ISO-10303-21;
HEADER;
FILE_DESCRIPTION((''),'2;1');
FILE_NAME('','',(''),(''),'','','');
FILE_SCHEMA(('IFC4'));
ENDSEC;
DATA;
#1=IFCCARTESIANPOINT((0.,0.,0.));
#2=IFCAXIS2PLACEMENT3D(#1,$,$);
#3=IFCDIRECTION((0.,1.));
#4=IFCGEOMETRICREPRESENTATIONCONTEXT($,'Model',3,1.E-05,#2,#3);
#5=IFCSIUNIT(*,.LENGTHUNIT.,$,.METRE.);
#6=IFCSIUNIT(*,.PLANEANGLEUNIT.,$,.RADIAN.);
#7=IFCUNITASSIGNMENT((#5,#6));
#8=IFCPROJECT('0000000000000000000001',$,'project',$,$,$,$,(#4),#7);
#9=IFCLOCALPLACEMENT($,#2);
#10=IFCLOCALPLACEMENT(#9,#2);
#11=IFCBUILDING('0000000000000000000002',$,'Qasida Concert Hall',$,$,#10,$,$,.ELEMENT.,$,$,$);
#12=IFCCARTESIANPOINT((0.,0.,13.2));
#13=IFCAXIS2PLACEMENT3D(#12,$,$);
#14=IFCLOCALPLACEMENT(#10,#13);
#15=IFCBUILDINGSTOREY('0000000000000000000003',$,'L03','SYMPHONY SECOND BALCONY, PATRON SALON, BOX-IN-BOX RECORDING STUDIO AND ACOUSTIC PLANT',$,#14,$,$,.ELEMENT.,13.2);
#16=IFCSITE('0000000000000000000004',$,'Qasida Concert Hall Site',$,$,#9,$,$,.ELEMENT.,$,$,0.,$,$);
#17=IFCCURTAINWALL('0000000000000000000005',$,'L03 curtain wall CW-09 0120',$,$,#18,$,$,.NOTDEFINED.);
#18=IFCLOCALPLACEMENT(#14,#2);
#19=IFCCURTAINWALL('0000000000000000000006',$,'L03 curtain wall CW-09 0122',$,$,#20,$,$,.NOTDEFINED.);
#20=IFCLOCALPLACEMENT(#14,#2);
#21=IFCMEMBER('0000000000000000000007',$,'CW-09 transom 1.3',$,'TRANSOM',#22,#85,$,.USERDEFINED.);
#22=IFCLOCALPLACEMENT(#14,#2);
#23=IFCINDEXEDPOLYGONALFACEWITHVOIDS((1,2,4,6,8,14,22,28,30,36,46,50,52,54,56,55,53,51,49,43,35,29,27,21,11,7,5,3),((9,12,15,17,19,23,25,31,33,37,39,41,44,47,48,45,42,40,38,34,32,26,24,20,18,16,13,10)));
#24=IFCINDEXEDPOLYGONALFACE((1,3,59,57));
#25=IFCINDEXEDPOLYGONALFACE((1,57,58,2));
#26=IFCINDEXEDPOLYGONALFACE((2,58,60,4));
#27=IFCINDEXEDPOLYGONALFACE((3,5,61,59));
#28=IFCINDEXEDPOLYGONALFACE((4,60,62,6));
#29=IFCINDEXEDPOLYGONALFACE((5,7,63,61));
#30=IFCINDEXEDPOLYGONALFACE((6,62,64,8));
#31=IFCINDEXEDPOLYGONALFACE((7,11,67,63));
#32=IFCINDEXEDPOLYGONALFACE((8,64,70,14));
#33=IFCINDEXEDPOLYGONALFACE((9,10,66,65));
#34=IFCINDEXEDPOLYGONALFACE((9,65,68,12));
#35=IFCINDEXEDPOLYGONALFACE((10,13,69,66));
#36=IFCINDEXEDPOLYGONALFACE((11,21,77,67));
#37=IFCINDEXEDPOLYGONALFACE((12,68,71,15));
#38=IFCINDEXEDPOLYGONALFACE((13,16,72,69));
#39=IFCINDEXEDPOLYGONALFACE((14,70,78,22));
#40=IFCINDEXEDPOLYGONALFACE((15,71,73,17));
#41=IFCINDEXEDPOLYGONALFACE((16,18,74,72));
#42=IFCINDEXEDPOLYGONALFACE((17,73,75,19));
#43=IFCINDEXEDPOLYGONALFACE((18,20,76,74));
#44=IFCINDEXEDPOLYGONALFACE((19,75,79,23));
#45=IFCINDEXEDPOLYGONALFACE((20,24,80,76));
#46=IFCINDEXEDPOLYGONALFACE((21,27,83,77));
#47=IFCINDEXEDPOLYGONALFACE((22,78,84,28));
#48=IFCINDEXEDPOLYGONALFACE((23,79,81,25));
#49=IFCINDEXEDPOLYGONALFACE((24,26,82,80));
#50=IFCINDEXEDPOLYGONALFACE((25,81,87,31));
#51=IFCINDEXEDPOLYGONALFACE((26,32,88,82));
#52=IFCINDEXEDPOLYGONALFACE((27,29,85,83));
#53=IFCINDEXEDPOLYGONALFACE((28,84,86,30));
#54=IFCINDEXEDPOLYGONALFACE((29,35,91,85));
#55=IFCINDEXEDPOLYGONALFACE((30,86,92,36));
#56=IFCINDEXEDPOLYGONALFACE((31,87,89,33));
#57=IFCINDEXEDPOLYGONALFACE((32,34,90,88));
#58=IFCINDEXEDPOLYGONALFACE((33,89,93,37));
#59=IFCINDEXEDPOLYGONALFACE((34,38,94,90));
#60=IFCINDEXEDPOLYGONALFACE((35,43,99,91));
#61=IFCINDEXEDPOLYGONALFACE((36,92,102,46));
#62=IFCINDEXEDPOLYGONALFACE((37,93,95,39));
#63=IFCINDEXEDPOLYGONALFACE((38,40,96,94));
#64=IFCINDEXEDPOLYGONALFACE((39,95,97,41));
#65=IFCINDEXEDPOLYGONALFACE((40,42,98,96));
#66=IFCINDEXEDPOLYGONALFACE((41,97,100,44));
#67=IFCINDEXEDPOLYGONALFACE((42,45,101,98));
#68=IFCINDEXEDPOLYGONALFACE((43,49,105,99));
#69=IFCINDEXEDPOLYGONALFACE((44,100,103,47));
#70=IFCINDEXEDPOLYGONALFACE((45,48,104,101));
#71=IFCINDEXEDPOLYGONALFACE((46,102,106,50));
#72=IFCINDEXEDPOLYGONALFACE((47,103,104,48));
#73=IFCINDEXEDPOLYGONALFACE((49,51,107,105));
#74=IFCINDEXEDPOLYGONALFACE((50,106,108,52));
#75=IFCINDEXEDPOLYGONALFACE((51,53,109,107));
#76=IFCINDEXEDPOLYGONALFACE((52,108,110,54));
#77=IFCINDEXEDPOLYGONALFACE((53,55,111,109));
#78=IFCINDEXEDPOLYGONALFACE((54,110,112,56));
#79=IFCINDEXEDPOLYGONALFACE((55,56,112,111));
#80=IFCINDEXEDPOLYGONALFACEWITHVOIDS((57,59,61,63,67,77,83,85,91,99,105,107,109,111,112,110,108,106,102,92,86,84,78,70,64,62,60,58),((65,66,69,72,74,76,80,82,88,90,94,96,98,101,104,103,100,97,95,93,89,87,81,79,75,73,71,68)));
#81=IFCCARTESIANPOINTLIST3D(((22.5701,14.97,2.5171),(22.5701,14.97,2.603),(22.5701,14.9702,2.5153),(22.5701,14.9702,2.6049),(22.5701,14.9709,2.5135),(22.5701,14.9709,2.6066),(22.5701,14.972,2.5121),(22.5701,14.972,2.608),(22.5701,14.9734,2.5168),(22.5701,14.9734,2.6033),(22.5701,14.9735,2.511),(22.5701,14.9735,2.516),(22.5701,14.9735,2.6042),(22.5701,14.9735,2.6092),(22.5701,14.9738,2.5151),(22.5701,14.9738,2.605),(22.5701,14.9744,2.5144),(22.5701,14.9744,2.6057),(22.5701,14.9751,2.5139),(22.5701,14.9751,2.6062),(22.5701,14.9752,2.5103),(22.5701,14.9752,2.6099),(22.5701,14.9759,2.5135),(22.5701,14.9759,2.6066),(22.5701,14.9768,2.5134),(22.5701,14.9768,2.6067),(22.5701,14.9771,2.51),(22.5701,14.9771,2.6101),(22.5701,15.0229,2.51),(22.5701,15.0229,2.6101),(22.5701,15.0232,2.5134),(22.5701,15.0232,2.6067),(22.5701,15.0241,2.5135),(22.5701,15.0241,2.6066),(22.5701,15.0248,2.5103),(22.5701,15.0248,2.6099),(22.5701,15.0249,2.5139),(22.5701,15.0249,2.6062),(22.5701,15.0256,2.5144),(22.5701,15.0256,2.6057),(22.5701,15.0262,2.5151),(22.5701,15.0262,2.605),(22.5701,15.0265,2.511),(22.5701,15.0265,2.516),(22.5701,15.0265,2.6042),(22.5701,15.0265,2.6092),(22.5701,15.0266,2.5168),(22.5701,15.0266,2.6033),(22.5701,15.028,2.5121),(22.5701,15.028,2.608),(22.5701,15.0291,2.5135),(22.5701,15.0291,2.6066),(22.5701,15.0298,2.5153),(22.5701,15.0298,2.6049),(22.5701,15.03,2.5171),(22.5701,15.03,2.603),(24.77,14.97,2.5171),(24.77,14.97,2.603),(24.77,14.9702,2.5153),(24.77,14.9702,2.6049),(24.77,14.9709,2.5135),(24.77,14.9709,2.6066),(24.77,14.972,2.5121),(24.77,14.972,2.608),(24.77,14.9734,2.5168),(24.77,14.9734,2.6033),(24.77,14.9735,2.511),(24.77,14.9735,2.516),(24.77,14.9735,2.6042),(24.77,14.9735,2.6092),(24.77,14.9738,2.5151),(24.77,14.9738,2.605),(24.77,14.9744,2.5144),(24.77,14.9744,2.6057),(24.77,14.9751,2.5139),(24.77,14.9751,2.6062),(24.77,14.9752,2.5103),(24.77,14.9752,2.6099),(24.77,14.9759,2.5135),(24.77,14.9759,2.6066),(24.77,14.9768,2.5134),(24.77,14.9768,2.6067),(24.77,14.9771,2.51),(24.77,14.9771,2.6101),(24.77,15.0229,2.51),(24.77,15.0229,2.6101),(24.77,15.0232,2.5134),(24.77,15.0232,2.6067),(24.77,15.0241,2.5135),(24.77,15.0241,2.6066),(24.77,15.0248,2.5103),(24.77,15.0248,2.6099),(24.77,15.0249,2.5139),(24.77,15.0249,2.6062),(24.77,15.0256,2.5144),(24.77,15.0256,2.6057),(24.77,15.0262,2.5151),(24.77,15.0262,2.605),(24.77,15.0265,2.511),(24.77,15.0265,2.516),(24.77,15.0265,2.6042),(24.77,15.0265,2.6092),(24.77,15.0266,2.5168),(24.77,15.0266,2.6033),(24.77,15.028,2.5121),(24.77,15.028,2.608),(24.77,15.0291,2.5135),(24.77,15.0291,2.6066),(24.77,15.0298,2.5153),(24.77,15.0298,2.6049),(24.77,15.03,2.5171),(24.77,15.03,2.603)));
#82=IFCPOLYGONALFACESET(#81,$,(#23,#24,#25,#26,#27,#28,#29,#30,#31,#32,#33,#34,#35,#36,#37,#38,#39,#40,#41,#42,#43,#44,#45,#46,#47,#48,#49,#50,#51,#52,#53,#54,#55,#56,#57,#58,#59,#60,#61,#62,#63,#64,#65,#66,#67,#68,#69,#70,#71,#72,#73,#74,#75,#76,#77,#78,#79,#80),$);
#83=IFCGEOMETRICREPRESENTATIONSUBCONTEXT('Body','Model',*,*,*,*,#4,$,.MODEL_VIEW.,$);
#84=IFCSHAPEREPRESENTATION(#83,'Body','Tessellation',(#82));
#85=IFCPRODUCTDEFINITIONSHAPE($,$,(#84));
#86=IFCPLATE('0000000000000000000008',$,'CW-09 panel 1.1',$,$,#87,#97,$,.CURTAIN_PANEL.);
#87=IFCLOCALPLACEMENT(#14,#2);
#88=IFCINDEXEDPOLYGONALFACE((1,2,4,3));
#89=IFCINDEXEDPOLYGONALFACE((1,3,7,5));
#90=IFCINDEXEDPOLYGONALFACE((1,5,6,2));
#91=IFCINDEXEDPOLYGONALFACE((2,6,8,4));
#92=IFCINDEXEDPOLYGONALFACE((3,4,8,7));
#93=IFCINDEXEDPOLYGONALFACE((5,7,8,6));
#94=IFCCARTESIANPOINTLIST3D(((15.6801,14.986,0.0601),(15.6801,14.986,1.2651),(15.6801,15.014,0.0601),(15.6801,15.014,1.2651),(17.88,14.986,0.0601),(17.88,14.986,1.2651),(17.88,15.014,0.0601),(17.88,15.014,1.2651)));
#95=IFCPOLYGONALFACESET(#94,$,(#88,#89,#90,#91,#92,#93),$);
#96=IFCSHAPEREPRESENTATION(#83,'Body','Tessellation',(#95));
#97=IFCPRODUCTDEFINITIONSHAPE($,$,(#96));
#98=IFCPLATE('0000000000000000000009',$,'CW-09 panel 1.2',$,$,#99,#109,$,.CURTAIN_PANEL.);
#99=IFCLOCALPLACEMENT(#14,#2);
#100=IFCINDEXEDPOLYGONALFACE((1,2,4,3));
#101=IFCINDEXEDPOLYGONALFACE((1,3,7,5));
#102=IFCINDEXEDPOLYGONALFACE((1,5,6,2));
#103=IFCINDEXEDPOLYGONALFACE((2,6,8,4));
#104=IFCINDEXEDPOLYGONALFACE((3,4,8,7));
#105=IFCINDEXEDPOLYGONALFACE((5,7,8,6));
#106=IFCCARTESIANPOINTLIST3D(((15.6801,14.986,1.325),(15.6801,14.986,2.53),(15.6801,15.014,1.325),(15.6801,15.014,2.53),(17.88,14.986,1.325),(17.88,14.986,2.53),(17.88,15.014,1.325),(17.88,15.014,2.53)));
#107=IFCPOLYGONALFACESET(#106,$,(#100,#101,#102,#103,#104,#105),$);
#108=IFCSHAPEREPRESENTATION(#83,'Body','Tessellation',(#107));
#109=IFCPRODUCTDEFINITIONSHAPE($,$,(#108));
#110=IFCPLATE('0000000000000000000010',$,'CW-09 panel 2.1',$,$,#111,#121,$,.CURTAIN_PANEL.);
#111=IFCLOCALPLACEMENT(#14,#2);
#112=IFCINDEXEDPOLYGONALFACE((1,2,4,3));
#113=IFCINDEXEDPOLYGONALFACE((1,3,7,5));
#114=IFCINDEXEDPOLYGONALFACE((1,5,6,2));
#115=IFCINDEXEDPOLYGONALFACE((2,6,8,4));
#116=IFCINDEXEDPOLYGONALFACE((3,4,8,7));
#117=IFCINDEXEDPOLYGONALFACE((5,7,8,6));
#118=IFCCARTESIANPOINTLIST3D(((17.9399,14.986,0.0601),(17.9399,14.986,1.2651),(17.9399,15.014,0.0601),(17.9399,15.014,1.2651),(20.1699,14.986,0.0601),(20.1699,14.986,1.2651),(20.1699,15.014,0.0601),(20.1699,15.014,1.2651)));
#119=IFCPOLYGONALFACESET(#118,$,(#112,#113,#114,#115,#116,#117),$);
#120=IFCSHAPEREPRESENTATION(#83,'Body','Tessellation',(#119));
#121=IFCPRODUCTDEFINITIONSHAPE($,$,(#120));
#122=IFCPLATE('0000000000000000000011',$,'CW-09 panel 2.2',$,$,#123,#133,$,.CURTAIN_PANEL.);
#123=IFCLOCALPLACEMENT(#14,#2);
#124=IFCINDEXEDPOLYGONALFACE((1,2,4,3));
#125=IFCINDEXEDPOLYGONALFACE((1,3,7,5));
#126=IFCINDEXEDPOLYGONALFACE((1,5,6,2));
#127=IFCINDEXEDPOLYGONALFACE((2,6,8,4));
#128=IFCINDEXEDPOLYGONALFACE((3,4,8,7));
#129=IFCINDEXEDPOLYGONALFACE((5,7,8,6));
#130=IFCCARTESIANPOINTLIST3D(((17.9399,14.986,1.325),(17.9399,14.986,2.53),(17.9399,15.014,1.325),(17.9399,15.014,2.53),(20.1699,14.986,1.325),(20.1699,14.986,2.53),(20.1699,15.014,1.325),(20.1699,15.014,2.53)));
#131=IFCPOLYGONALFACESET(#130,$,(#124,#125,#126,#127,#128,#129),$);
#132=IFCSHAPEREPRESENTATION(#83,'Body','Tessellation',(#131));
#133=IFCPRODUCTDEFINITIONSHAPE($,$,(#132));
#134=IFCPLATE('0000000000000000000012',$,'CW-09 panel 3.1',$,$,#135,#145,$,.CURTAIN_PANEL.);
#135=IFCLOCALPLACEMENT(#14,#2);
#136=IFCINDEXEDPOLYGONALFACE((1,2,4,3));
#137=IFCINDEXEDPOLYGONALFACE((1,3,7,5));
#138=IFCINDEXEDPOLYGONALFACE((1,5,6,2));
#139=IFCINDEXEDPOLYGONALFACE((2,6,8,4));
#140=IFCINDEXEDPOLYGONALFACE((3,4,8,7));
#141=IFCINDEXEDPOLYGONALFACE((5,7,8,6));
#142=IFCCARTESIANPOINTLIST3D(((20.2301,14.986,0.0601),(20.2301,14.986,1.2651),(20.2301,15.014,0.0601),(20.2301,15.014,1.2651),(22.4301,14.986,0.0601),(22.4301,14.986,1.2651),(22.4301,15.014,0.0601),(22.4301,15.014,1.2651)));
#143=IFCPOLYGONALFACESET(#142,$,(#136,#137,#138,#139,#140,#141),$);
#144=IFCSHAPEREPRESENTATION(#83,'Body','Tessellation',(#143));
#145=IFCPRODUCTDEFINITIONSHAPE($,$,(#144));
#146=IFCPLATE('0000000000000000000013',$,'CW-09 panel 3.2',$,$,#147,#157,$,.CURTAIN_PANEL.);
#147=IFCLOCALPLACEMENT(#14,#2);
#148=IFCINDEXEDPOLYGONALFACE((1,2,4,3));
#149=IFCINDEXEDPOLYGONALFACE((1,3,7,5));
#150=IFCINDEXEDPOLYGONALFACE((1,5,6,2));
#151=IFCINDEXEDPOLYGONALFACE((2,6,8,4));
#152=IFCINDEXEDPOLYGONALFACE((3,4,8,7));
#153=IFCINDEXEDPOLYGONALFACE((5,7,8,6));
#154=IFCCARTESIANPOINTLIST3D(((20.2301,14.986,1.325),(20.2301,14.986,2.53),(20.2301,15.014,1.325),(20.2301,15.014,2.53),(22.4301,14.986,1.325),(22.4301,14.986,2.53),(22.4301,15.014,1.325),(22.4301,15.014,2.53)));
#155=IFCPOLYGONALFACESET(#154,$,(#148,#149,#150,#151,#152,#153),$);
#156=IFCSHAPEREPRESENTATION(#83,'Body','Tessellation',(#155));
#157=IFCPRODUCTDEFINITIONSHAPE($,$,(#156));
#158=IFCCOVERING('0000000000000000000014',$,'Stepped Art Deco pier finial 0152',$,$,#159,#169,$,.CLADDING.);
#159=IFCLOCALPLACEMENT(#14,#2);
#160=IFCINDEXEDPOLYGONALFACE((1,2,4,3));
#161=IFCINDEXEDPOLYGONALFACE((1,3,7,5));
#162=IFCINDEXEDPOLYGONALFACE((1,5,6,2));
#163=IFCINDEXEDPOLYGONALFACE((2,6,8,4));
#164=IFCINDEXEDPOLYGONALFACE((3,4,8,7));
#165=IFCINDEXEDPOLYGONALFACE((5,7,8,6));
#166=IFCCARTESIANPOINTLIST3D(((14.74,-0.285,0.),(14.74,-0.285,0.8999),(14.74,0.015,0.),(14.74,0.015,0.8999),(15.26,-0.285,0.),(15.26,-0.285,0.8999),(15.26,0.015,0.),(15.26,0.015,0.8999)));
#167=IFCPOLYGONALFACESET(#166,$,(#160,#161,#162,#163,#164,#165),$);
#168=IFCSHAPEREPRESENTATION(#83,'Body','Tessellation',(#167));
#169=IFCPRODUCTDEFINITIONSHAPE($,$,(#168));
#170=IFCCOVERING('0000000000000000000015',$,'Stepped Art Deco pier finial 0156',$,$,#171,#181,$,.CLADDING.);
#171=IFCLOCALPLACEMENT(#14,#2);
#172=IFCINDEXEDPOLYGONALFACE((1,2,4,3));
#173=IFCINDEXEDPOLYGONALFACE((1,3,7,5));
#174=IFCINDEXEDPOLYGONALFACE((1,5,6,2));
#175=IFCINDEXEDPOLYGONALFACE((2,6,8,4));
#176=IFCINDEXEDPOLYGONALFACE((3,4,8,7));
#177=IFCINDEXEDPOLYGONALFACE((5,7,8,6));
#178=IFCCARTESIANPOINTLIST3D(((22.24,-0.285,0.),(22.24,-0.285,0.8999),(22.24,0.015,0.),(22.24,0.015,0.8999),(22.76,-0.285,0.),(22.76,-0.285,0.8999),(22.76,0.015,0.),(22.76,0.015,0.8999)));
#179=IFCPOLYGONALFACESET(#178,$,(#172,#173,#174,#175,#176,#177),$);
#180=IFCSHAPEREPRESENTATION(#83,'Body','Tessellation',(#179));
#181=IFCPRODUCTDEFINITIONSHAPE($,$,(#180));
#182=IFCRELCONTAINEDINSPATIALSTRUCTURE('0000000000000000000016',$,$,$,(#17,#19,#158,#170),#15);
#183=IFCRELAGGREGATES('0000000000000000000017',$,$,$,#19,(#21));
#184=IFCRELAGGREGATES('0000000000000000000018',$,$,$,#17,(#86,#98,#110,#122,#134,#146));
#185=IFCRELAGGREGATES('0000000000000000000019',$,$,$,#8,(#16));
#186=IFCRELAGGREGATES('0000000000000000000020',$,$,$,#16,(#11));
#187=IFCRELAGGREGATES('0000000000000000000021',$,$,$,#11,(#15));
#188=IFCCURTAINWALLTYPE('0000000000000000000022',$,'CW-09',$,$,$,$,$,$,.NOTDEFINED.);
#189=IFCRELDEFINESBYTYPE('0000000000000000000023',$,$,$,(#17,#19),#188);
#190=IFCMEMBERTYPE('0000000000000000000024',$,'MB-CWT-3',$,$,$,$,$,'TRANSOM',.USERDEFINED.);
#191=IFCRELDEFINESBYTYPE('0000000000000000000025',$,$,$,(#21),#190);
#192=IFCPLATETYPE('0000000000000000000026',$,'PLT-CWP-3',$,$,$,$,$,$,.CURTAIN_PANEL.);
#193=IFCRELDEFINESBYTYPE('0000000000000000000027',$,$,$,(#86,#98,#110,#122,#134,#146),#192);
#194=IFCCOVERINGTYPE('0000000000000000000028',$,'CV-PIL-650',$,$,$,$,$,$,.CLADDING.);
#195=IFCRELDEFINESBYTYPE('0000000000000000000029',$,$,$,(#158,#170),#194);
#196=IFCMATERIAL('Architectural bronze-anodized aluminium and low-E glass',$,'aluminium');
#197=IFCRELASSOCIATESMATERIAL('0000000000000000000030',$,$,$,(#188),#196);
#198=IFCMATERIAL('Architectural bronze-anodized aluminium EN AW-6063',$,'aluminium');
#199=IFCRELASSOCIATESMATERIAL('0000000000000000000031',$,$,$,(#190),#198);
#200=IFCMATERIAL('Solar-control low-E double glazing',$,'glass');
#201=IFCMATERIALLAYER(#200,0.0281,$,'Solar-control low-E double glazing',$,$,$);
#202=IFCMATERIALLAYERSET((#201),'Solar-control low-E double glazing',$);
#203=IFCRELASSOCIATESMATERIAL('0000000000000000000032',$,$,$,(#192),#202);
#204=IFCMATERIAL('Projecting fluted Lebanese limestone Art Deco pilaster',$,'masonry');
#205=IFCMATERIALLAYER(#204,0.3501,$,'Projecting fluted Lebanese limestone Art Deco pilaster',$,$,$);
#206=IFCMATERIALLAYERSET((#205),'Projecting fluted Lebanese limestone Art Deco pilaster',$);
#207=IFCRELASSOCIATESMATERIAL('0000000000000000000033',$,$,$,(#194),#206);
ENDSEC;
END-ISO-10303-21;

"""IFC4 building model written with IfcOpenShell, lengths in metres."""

from ifc_helpers import new_model, si_unit, direction, frame, origin, origin_2d, place, context, subcontext, project, spatial, rectangle, hollow_rectangle, extrude, material, layer, layer_set, material_profile, profile_set, type_object, element, aggregate, save


model = new_model("IFC4")

# Units and contexts
model_context = context("Model", 3, precision=1e-05, world=origin(), true_north=direction((0.0, 1.0)))
body_context = subcontext(model_context, "Body", "Model", "MODEL_VIEW")
ifc_project = project(units=[si_unit("LENGTHUNIT", "METRE"), si_unit("PLANEANGLEUNIT", "RADIAN")], contexts=[model_context])

# Site, building, storey
site_placement = place(None, origin())
site = spatial("IfcSite", under=ifc_project, at=site_placement, Name="Qasida Concert Hall Site", CompositionType="ELEMENT", RefElevation=0.0)
building_placement = place(site_placement, origin())
building = spatial("IfcBuilding", under=site, at=building_placement, Name="Qasida Concert Hall", CompositionType="ELEMENT")
storey_placement = place(building_placement, frame((0.0, 0.0, 13.2)))
storey = spatial("IfcBuildingStorey", under=building, at=storey_placement, Name="L03", Description="SYMPHONY SECOND BALCONY, PATRON SALON, BOX-IN-BOX RECORDING STUDIO AND ACOUSTIC PLANT", CompositionType="ELEMENT", Elevation=13.2)

# Curtain wall
ifc_material_1 = material(Name="Architectural bronze-anodized aluminium and low-E glass", Category="aluminium")
curtain_wall_type = type_object("IfcCurtainWallType", Name="CW-09", PredefinedType="NOTDEFINED", material=ifc_material_1)
curtain_wall_1_placement = place(storey_placement, origin())
curtain_wall_1 = element("IfcCurtainWall", 1, at=curtain_wall_1_placement, inside=storey, type_object=curtain_wall_type, Name="L03 curtain wall CW-09 0120", PredefinedType="NOTDEFINED")
ifc_material_2 = material(Name="Architectural bronze-anodized aluminium EN AW-6063", Category="aluminium")

# Curtain wall
curtain_wall_2_placement = place(storey_placement, origin())
curtain_wall_2 = element("IfcCurtainWall", 2, at=curtain_wall_2_placement, inside=storey, type_object=curtain_wall_type, Name="L03 curtain wall CW-09 0122", PredefinedType="NOTDEFINED")

# Member
ifc_material_profile_1 = material_profile(ifc_material_2, hollow_rectangle(XDim=0.0601, YDim=0.1001, WallThickness=0.0034, InnerFilletRadius=0.0034, OuterFilletRadius=0.0071, at=origin_2d()), Name="CWT 100x60x3.5")
ifc_profile_set_1 = profile_set([ifc_material_profile_1], Name="Architectural bronze-anodized aluminium EN AW-6063")
member_type_1 = type_object("IfcMemberType", Name="MB-CWT-3", ElementType="TRANSOM", PredefinedType="USERDEFINED", material=ifc_profile_set_1)
member_1_placement = place(storey_placement, frame((22.5701, 15.0, 2.5601), z_axis=(1.0, 0.0, 0.0), x_axis=(0.0, 1.0, 0.0)))
member_1 = element("IfcMember", 3, at=member_1_placement, type_object=member_type_1, Name="CW-09 transom 1.3", ObjectType="TRANSOM", PredefinedType="USERDEFINED", context=body_context, shape_type="SweptSolid", body=[
    extrude(hollow_rectangle(XDim=0.0601, YDim=0.1001, WallThickness=0.0034, InnerFilletRadius=0.0034, OuterFilletRadius=0.0071, at=origin_2d()), origin(), (0.0, 0.0, 1.0), 2.2),
])
aggregate(curtain_wall_2, [member_1])

# Plates
ifc_material_3 = material(Name="Solar-control low-E double glazing", Category="glass")
ifc_layer_1 = layer(ifc_material_3, 0.0281, Name="Solar-control low-E double glazing")
ifc_layer_set_1 = layer_set([ifc_layer_1], Name="Solar-control low-E double glazing")
plate_type = type_object("IfcPlateType", Name="PLT-CWP-3", PredefinedType="CURTAIN_PANEL", material=ifc_layer_set_1)
plate_1_placement = place(storey_placement, frame((16.78, 15.0, 0.0601), z_axis=(0.0, 0.0, 1.0), x_axis=(1.0, 0.0, 0.0)))
plate_1 = element("IfcPlate", 4, at=plate_1_placement, type_object=plate_type, Name="CW-09 panel 1.1", PredefinedType="CURTAIN_PANEL", context=body_context, shape_type="SweptSolid", body=[
    extrude(rectangle(XDim=2.2, YDim=0.0281, at=origin_2d()), origin(), (0.0, 0.0, 1.0), 1.2051),
])
plate_2_placement = place(storey_placement, frame((16.78, 15.0, 1.325), z_axis=(0.0, 0.0, 1.0), x_axis=(1.0, 0.0, 0.0)))
plate_2 = element("IfcPlate", 5, at=plate_2_placement, type_object=plate_type, Name="CW-09 panel 1.2", PredefinedType="CURTAIN_PANEL", context=body_context, shape_type="SweptSolid", body=[
    extrude(rectangle(XDim=2.2, YDim=0.0281, at=origin_2d()), origin(), (0.0, 0.0, 1.0), 1.2051),
])
plate_3_placement = place(storey_placement, frame((19.0549, 15.0, 0.0601), z_axis=(0.0, 0.0, 1.0), x_axis=(1.0, 0.0, 0.0)))
plate_3 = element("IfcPlate", 6, at=plate_3_placement, type_object=plate_type, Name="CW-09 panel 2.1", PredefinedType="CURTAIN_PANEL", context=body_context, shape_type="SweptSolid", body=[
    extrude(rectangle(XDim=2.23, YDim=0.0281, at=origin_2d()), origin(), (0.0, 0.0, 1.0), 1.2051),
])
plate_4_placement = place(storey_placement, frame((19.0549, 15.0, 1.325), z_axis=(0.0, 0.0, 1.0), x_axis=(1.0, 0.0, 0.0)))
plate_4 = element("IfcPlate", 7, at=plate_4_placement, type_object=plate_type, Name="CW-09 panel 2.2", PredefinedType="CURTAIN_PANEL", context=body_context, shape_type="SweptSolid", body=[
    extrude(rectangle(XDim=2.23, YDim=0.0281, at=origin_2d()), origin(), (0.0, 0.0, 1.0), 1.2051),
])
plate_5_placement = place(storey_placement, frame((21.3301, 15.0, 0.0601), z_axis=(0.0, 0.0, 1.0), x_axis=(1.0, 0.0, 0.0)))
plate_5 = element("IfcPlate", 8, at=plate_5_placement, type_object=plate_type, Name="CW-09 panel 3.1", PredefinedType="CURTAIN_PANEL", context=body_context, shape_type="SweptSolid", body=[
    extrude(rectangle(XDim=2.2, YDim=0.0281, at=origin_2d()), origin(), (0.0, 0.0, 1.0), 1.2051),
])
plate_6_placement = place(storey_placement, frame((21.3301, 15.0, 1.325), z_axis=(0.0, 0.0, 1.0), x_axis=(1.0, 0.0, 0.0)))
plate_6 = element("IfcPlate", 9, at=plate_6_placement, type_object=plate_type, Name="CW-09 panel 3.2", PredefinedType="CURTAIN_PANEL", context=body_context, shape_type="SweptSolid", body=[
    extrude(rectangle(XDim=2.2, YDim=0.0281, at=origin_2d()), origin(), (0.0, 0.0, 1.0), 1.2051),
])
aggregate(curtain_wall_1, [plate_1, plate_2, plate_3, plate_4, plate_5, plate_6])

# Coverings
ifc_material_4 = material(Name="Projecting fluted Lebanese limestone Art Deco pilaster", Category="masonry")
ifc_layer_2 = layer(ifc_material_4, 0.3501, Name="Projecting fluted Lebanese limestone Art Deco pilaster")
ifc_layer_set_2 = layer_set([ifc_layer_2], Name="Projecting fluted Lebanese limestone Art Deco pilaster")
covering_type = type_object("IfcCoveringType", Name="CV-PIL-650", PredefinedType="CLADDING", material=ifc_layer_set_2)
for number, where, z_axis, x_axis, name in (
    (10, (15.0, -0.135, 0.0), (0.0, 0.0, 1.0), (1.0, 0.0, 0.0), "Stepped Art Deco pier finial 0152"),
    (11, (22.5, -0.135, 0.0), (0.0, 0.0, 1.0), (1.0, 0.0, 0.0), "Stepped Art Deco pier finial 0156"),
):
    element("IfcCovering", number, at=place(storey_placement, frame(where, z_axis=z_axis, x_axis=x_axis)), inside=storey, type_object=covering_type, Name=name, PredefinedType="CLADDING", context=body_context, shape_type="SweptSolid", body=[
        extrude(rectangle(XDim=0.52, YDim=0.3, at=origin_2d()), origin(), (0.0, 0.0, 1.0), 0.8999),
    ])

save(model, "model.ifc")
